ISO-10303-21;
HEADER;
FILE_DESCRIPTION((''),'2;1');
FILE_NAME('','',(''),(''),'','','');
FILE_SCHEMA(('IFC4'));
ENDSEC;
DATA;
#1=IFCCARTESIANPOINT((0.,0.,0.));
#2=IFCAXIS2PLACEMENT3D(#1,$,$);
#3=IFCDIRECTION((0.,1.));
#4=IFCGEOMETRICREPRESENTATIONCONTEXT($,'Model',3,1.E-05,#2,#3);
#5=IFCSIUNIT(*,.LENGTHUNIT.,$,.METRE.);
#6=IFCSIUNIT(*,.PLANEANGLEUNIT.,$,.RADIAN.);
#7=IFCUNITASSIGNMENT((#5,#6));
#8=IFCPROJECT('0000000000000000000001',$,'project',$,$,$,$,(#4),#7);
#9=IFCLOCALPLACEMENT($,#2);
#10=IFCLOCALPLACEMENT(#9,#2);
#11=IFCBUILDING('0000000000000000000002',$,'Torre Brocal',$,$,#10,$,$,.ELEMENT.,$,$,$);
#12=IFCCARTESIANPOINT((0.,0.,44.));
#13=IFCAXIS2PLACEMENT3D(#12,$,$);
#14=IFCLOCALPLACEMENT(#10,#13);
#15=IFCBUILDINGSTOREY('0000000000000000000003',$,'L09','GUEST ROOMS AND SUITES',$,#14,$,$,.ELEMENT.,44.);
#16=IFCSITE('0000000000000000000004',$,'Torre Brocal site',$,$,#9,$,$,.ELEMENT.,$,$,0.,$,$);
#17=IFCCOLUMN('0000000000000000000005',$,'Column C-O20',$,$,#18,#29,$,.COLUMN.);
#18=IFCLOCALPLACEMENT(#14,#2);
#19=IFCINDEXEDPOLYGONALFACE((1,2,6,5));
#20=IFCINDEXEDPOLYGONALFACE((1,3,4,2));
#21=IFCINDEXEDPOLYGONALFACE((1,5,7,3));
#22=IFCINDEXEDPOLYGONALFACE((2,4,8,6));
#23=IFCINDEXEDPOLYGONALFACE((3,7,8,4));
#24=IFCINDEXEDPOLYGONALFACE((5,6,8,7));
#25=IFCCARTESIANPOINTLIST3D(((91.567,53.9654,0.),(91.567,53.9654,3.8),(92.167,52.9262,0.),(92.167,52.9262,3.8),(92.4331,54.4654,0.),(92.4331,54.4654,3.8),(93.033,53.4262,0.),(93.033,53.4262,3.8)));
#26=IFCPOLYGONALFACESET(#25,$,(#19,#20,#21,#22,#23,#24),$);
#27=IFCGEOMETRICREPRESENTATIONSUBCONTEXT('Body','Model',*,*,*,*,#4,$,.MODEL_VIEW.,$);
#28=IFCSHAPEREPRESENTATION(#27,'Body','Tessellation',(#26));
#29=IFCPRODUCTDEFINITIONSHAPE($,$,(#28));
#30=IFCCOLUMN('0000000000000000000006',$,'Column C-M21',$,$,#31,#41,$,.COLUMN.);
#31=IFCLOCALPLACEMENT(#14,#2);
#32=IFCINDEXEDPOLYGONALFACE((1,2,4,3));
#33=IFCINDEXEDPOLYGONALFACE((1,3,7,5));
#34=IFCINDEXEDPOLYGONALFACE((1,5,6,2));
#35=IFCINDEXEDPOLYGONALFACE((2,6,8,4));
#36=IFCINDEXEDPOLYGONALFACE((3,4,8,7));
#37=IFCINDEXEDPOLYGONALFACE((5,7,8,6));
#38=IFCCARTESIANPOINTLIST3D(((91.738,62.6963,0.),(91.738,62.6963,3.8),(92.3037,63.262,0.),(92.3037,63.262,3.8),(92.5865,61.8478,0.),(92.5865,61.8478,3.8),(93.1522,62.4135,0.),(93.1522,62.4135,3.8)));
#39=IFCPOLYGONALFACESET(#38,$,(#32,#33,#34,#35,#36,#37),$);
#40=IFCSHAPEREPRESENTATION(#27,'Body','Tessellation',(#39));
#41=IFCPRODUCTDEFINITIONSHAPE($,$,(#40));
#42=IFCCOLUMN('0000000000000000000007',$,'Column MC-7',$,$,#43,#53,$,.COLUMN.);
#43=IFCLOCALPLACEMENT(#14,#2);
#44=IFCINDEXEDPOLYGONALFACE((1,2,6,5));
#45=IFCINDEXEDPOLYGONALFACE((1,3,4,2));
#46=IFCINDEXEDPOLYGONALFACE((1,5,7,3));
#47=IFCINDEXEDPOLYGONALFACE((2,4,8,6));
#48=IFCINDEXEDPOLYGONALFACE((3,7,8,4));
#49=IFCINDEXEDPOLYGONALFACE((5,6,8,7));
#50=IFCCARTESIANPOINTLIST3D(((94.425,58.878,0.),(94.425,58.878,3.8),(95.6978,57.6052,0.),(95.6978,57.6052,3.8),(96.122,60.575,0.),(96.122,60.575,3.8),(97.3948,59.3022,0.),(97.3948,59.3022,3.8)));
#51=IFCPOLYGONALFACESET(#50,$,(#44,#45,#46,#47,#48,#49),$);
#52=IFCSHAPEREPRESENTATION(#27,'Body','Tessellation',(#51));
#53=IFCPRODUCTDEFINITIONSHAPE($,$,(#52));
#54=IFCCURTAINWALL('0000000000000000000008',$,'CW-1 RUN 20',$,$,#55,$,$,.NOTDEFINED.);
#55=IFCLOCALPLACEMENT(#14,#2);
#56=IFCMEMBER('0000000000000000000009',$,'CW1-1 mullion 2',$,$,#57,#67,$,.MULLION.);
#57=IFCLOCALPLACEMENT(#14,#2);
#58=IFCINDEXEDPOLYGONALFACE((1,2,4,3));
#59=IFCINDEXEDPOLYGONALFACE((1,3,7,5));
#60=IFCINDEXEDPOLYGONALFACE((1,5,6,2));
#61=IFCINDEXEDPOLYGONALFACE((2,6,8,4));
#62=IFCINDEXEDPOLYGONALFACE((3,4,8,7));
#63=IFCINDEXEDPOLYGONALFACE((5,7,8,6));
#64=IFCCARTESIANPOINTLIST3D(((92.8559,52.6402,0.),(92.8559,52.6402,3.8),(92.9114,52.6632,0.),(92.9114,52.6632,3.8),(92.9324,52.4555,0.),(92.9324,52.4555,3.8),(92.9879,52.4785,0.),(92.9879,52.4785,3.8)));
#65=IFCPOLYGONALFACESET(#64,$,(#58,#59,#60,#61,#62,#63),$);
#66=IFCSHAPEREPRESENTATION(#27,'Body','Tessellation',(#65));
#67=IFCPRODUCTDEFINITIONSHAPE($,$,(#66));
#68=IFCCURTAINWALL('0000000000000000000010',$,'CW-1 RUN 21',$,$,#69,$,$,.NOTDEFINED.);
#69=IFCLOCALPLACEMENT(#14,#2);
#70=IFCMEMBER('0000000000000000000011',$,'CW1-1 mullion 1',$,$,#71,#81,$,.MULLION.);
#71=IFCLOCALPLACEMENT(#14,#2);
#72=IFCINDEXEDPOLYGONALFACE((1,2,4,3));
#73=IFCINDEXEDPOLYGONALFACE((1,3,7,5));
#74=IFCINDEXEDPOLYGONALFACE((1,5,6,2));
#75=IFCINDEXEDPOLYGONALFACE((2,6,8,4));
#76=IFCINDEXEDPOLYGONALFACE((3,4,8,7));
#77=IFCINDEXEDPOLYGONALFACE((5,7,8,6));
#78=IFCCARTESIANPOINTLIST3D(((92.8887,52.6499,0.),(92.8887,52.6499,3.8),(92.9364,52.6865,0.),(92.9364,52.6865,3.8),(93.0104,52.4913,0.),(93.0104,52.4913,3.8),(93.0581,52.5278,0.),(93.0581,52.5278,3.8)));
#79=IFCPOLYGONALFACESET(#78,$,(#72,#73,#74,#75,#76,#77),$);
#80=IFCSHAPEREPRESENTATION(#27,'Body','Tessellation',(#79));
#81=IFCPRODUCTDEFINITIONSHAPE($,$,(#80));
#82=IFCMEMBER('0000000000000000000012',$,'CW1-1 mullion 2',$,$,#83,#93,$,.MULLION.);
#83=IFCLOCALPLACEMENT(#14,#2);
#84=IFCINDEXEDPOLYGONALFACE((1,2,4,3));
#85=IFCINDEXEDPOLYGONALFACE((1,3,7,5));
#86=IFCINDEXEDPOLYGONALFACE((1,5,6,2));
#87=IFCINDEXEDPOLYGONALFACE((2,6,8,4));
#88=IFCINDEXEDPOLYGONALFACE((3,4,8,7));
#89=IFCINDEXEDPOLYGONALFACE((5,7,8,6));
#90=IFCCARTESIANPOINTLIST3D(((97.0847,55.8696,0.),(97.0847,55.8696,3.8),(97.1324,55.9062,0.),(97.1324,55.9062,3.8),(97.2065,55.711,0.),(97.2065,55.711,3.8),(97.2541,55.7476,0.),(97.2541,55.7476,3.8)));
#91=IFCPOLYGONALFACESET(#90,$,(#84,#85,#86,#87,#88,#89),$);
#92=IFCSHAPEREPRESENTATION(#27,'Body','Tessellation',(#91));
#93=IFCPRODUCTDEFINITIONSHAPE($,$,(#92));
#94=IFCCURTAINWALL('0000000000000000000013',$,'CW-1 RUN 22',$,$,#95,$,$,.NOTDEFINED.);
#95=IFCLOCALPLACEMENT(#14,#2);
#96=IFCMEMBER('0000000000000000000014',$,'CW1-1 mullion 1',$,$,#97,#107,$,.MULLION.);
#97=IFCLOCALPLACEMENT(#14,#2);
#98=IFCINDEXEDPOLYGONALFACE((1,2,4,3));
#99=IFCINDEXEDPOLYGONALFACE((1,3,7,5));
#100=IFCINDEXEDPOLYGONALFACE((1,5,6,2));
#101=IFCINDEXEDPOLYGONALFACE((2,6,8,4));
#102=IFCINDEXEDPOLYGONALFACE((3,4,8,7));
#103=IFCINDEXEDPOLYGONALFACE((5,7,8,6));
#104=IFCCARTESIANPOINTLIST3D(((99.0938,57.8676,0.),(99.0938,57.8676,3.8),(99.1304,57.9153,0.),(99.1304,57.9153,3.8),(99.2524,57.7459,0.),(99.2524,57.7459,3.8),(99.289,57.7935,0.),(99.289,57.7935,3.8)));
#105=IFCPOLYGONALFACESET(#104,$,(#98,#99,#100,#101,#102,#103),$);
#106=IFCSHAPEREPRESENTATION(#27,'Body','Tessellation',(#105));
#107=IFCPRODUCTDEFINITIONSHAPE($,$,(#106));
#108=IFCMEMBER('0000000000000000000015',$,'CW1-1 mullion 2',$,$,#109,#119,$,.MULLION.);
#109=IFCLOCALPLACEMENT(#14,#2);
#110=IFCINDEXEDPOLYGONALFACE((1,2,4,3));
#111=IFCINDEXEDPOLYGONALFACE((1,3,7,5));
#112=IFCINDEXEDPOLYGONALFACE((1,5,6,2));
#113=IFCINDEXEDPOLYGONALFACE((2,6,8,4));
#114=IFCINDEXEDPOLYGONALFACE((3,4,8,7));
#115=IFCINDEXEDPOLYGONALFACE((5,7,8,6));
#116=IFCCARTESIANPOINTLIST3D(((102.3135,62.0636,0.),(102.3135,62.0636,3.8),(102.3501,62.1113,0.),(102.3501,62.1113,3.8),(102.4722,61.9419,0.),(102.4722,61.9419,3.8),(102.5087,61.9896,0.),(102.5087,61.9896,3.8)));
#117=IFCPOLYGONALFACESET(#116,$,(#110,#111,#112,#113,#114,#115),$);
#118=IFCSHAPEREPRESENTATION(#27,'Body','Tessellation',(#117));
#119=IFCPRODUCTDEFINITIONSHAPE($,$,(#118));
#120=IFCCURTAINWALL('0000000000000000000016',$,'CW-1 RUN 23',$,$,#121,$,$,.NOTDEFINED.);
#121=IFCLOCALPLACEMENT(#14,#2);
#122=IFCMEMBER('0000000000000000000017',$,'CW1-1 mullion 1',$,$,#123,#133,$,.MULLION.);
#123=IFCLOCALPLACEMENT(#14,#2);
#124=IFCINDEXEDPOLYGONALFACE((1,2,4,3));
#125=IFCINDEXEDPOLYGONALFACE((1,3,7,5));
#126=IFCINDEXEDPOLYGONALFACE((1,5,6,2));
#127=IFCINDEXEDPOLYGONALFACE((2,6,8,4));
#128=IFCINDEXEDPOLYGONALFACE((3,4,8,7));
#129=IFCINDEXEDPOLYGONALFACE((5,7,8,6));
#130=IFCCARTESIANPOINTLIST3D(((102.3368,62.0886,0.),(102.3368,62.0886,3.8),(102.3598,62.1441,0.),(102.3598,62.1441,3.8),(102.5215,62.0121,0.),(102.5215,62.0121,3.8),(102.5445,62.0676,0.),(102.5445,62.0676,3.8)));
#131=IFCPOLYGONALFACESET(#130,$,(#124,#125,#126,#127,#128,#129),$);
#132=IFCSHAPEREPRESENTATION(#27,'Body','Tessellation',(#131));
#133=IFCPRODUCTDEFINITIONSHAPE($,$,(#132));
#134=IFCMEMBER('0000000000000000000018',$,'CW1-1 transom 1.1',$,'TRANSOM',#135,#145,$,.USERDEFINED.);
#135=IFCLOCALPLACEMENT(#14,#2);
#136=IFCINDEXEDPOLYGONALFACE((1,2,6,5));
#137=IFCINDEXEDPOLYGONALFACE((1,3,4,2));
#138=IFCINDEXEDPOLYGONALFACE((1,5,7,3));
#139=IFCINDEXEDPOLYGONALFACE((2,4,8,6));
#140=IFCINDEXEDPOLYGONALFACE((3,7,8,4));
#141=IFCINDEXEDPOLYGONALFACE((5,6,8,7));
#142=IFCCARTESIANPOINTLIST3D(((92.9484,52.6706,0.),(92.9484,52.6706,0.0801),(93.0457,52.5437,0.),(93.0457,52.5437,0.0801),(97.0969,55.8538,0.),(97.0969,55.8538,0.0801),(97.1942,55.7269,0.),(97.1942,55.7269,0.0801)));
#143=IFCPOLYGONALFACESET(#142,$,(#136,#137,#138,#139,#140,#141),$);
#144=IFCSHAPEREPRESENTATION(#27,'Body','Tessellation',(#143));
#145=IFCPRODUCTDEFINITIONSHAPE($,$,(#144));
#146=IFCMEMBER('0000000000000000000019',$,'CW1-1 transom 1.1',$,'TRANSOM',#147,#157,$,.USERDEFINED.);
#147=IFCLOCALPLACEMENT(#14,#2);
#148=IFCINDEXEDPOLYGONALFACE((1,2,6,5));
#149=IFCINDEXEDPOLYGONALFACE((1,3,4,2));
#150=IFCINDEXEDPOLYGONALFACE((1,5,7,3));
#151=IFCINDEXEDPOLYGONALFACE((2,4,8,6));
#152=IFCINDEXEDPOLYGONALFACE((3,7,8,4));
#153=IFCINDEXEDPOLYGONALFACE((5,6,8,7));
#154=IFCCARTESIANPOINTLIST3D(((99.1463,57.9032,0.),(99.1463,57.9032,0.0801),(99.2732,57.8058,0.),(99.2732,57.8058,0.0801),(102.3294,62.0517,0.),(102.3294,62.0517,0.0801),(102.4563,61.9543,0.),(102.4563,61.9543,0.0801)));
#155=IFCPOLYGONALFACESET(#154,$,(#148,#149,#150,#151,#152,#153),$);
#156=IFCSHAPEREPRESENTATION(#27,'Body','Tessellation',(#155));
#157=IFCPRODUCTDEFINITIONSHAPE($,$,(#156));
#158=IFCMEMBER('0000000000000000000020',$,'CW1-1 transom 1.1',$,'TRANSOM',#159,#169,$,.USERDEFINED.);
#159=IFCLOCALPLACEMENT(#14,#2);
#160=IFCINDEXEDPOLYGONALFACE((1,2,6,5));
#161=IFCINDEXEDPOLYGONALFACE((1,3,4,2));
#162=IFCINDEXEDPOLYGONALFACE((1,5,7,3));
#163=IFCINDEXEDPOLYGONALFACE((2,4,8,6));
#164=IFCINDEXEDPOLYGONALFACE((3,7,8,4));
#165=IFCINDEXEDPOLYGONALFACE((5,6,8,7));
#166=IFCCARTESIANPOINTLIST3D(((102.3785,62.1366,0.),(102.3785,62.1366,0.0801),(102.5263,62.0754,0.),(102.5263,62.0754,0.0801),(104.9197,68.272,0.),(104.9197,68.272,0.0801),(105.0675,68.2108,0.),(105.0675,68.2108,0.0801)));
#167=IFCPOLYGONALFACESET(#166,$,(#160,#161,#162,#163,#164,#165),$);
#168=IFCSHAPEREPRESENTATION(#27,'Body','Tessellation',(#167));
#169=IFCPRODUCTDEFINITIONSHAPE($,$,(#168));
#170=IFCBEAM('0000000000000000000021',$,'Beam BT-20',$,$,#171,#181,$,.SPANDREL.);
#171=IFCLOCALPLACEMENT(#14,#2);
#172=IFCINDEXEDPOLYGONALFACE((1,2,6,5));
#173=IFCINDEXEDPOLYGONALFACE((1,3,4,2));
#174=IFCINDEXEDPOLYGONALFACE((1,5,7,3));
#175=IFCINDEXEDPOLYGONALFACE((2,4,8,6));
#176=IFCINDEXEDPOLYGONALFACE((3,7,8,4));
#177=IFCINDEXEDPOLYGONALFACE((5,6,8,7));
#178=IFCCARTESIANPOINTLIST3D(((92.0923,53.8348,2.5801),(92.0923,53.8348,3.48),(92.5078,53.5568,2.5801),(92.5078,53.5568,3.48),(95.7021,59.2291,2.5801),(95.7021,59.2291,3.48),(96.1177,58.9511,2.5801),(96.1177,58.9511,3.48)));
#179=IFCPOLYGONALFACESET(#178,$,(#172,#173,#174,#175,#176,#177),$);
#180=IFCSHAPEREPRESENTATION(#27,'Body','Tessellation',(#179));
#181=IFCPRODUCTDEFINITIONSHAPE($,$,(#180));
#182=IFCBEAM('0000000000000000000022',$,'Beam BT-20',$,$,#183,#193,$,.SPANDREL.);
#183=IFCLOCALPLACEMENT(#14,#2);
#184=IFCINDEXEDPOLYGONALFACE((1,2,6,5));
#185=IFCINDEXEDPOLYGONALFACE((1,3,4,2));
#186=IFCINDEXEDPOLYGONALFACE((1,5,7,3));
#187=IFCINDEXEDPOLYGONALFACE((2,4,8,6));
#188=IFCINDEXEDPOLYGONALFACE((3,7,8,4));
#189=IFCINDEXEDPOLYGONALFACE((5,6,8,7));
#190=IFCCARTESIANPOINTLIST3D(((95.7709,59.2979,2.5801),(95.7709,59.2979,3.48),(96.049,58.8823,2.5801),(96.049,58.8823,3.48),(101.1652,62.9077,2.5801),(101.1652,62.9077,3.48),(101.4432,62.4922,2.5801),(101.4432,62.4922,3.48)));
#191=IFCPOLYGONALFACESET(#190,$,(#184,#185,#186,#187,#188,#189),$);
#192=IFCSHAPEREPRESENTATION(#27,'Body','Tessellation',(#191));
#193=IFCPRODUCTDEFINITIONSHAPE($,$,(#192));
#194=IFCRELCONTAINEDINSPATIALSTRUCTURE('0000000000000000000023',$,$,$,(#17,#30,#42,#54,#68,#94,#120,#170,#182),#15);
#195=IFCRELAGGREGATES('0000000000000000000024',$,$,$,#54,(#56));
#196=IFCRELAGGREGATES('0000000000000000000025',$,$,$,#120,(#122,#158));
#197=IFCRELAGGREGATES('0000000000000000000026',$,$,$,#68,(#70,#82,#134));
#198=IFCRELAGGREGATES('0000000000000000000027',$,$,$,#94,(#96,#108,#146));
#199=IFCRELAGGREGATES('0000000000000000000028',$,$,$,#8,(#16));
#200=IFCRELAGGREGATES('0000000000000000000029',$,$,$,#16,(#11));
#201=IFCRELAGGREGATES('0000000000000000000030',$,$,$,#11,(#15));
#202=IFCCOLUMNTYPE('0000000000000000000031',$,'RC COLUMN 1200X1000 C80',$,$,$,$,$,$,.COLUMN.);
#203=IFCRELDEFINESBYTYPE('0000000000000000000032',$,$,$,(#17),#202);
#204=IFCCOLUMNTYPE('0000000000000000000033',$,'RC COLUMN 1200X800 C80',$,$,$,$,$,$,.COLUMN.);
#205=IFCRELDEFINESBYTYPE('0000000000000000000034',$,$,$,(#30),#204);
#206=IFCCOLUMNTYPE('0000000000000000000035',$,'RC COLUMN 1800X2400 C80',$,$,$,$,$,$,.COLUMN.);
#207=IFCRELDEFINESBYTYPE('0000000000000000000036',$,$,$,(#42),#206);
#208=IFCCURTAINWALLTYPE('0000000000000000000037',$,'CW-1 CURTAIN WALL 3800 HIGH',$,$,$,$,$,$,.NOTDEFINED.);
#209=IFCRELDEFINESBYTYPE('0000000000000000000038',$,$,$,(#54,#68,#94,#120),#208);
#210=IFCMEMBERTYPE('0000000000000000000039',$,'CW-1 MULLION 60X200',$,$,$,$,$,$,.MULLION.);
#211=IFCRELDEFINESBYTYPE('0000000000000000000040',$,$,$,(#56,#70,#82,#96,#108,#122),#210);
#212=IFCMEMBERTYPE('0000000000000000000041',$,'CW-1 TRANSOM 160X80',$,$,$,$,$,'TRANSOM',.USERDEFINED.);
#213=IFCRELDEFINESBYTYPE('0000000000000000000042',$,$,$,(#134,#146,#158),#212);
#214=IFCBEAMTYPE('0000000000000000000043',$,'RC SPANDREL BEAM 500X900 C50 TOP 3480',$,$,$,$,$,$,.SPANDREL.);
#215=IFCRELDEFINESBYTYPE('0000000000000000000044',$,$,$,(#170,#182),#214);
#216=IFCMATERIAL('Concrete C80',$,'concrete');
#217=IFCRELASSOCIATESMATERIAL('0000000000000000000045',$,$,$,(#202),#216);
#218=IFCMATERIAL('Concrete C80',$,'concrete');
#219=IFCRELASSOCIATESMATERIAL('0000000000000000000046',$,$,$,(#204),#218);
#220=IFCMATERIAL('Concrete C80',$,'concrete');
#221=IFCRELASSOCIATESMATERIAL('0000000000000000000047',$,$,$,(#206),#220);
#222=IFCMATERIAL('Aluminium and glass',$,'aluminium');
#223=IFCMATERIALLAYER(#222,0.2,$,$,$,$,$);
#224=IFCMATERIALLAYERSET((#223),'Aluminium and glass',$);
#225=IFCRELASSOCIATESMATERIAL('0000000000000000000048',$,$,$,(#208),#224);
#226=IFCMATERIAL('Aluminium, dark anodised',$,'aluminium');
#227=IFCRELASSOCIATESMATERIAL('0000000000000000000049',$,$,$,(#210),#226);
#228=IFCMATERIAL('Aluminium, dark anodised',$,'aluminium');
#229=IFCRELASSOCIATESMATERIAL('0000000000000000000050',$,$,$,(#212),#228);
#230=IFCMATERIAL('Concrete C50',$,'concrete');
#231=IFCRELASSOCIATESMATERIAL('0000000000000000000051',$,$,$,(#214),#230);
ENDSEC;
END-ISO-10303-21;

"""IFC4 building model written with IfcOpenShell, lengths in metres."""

from ifc_helpers import new_model, si_unit, direction, frame, origin, origin_2d, place, context, subcontext, project, spatial, rectangle, extrude, material, layer, layer_set, material_profile, profile_set, type_object, element, aggregate, save


model = new_model("IFC4")

# Units and contexts
model_context = context("Model", 3, precision=1e-05, world=origin(), true_north=direction((0.0, 1.0)))
body_context = subcontext(model_context, "Body", "Model", "MODEL_VIEW")
ifc_project = project(units=[si_unit("LENGTHUNIT", "METRE"), si_unit("PLANEANGLEUNIT", "RADIAN")], contexts=[model_context])

# Site, building, storey
site_placement = place(None, origin())
site = spatial("IfcSite", under=ifc_project, at=site_placement, Name="Torre Brocal site", CompositionType="ELEMENT", RefElevation=0.0)
building_placement = place(site_placement, origin())
building = spatial("IfcBuilding", under=site, at=building_placement, Name="Torre Brocal", CompositionType="ELEMENT")
storey_placement = place(building_placement, frame((0.0, 0.0, 44.0)))
storey = spatial("IfcBuildingStorey", under=building, at=storey_placement, Name="L09", Description="GUEST ROOMS AND SUITES", CompositionType="ELEMENT", Elevation=44.0)

# Columns
ifc_material_1 = material(Name="Concrete C80", Category="concrete")
ifc_material_profile_1 = material_profile(ifc_material_1, rectangle(XDim=1.2, YDim=1.0, at=origin_2d()), Name="RC 1200X1000")
ifc_profile_set_1 = profile_set([ifc_material_profile_1], Name="Concrete C80")
column_type_1 = type_object("IfcColumnType", Name="RC COLUMN 1200X1000 C80", PredefinedType="COLUMN", material=ifc_profile_set_1)
column_1_placement = place(storey_placement, frame((92.3, 53.6958, 0.0), z_axis=(0.0, 0.0, 1.0), x_axis=(0.5, -0.866025, 0.0)))
element("IfcColumn", 1, at=column_1_placement, inside=storey, type_object=column_type_1, Name="Column C-O20", PredefinedType="COLUMN", context=body_context, shape_type="SweptSolid", body=[
    extrude(rectangle(XDim=1.2, YDim=1.0, at=origin_2d()), origin(), (0.0, 0.0, 1.0), 3.8),
])
ifc_material_2 = material(Name="Concrete C80", Category="concrete")
ifc_material_profile_2 = material_profile(ifc_material_2, rectangle(XDim=1.2, YDim=0.8, at=origin_2d()), Name="RC 1200X800")
ifc_profile_set_2 = profile_set([ifc_material_profile_2], Name="Concrete C80")
column_type_2 = type_object("IfcColumnType", Name="RC COLUMN 1200X800 C80", PredefinedType="COLUMN", material=ifc_profile_set_2)
column_2_placement = place(storey_placement, frame((92.4451, 62.5549, 0.0), z_axis=(0.0, 0.0, 1.0), x_axis=(0.707107, -0.707107, 0.0)))
element("IfcColumn", 2, at=column_2_placement, inside=storey, type_object=column_type_2, Name="Column C-M21", PredefinedType="COLUMN", context=body_context, shape_type="SweptSolid", body=[
    extrude(rectangle(XDim=1.2, YDim=0.8, at=origin_2d()), origin(), (0.0, 0.0, 1.0), 3.8),
])
ifc_material_3 = material(Name="Concrete C80", Category="concrete")
ifc_material_profile_3 = material_profile(ifc_material_3, rectangle(XDim=1.8, YDim=2.3999, at=origin_2d()), Name="RC 1800X2400")
ifc_profile_set_3 = profile_set([ifc_material_profile_3], Name="Concrete C80")
column_type_3 = type_object("IfcColumnType", Name="RC COLUMN 1800X2400 C80", PredefinedType="COLUMN", material=ifc_profile_set_3)
column_3_placement = place(storey_placement, frame((95.9099, 59.0901, 0.0), z_axis=(0.0, 0.0, 1.0), x_axis=(0.707107, -0.707107, 0.0)))
element("IfcColumn", 3, at=column_3_placement, inside=storey, type_object=column_type_3, Name="Column MC-7", PredefinedType="COLUMN", context=body_context, shape_type="SweptSolid", body=[
    extrude(rectangle(XDim=1.8, YDim=2.3999, at=origin_2d()), origin(), (0.0, 0.0, 1.0), 3.8),
])

# Curtain wall, member
ifc_material_4 = material(Name="Aluminium and glass", Category="aluminium")
ifc_layer_1 = layer(ifc_material_4, 0.2)
ifc_layer_set_1 = layer_set([ifc_layer_1], Name="Aluminium and glass")
curtain_wall_type = type_object("IfcCurtainWallType", Name="CW-1 CURTAIN WALL 3800 HIGH", PredefinedType="NOTDEFINED", material=ifc_layer_set_1)
curtain_wall_1_placement = place(storey_placement, origin())
curtain_wall_1 = element("IfcCurtainWall", 4, at=curtain_wall_1_placement, inside=storey, type_object=curtain_wall_type, Name="CW-1 RUN 20", PredefinedType="NOTDEFINED")
ifc_material_5 = material(Name="Aluminium, dark anodised", Category="aluminium")
ifc_material_profile_4 = material_profile(ifc_material_5, rectangle(XDim=0.2, YDim=0.0601, at=origin_2d()), Name="CW-1 MULLION 60X200")
ifc_profile_set_4 = profile_set([ifc_material_profile_4], Name="Aluminium, dark anodised")
member_type_1 = type_object("IfcMemberType", Name="CW-1 MULLION 60X200", PredefinedType="MULLION", material=ifc_profile_set_4)
member_1_placement = place(storey_placement, frame((92.9219, 52.5593, 0.0), z_axis=(0.0, 0.0, 1.0), x_axis=(-0.382683, 0.92388, 0.0)))
member_1 = element("IfcMember", 5, at=member_1_placement, type_object=member_type_1, Name="CW1-1 mullion 2", PredefinedType="MULLION", context=body_context, shape_type="SweptSolid", body=[
    extrude(rectangle(XDim=0.2, YDim=0.0601, at=origin_2d()), origin(), (0.0, 0.0, 1.0), 3.8),
])
aggregate(curtain_wall_1, [member_1])

# Curtain walls, members
curtain_wall_2_placement = place(storey_placement, origin())
curtain_wall_2 = element("IfcCurtainWall", 6, at=curtain_wall_2_placement, inside=storey, type_object=curtain_wall_type, Name="CW-1 RUN 21", PredefinedType="NOTDEFINED")
member_2_placement = place(storey_placement, frame((92.9734, 52.5889, 0.0), z_axis=(0.0, 0.0, 1.0), x_axis=(-0.608761, 0.793353, 0.0)))
member_2 = element("IfcMember", 7, at=member_2_placement, type_object=member_type_1, Name="CW1-1 mullion 1", PredefinedType="MULLION", context=body_context, shape_type="SweptSolid", body=[
    extrude(rectangle(XDim=0.2, YDim=0.0601, at=origin_2d()), origin(), (0.0, 0.0, 1.0), 3.8),
])
member_3_placement = place(storey_placement, frame((97.1694, 55.8086, 0.0), z_axis=(0.0, 0.0, 1.0), x_axis=(-0.608761, 0.793353, 0.0)))
member_3 = element("IfcMember", 8, at=member_3_placement, type_object=member_type_1, Name="CW1-1 mullion 2", PredefinedType="MULLION", context=body_context, shape_type="SweptSolid", body=[
    extrude(rectangle(XDim=0.2, YDim=0.0601, at=origin_2d()), origin(), (0.0, 0.0, 1.0), 3.8),
])
curtain_wall_3_placement = place(storey_placement, origin())
curtain_wall_3 = element("IfcCurtainWall", 9, at=curtain_wall_3_placement, inside=storey, type_object=curtain_wall_type, Name="CW-1 RUN 22", PredefinedType="NOTDEFINED")
member_4_placement = place(storey_placement, frame((99.1914, 57.8306, 0.0), z_axis=(0.0, 0.0, 1.0), x_axis=(-0.793353, 0.608761, 0.0)))
member_4 = element("IfcMember", 10, at=member_4_placement, type_object=member_type_1, Name="CW1-1 mullion 1", PredefinedType="MULLION", context=body_context, shape_type="SweptSolid", body=[
    extrude(rectangle(XDim=0.2, YDim=0.0601, at=origin_2d()), origin(), (0.0, 0.0, 1.0), 3.8),
])
member_5_placement = place(storey_placement, frame((102.4111, 62.0266, 0.0), z_axis=(0.0, 0.0, 1.0), x_axis=(-0.793353, 0.608761, 0.0)))
member_5 = element("IfcMember", 11, at=member_5_placement, type_object=member_type_1, Name="CW1-1 mullion 2", PredefinedType="MULLION", context=body_context, shape_type="SweptSolid", body=[
    extrude(rectangle(XDim=0.2, YDim=0.0601, at=origin_2d()), origin(), (0.0, 0.0, 1.0), 3.8),
])

# Curtain wall, member
curtain_wall_4_placement = place(storey_placement, origin())
curtain_wall_4 = element("IfcCurtainWall", 12, at=curtain_wall_4_placement, inside=storey, type_object=curtain_wall_type, Name="CW-1 RUN 23", PredefinedType="NOTDEFINED")
member_6_placement = place(storey_placement, frame((102.4407, 62.0781, 0.0), z_axis=(0.0, 0.0, 1.0), x_axis=(-0.92388, 0.382683, 0.0)))
member_6 = element("IfcMember", 13, at=member_6_placement, type_object=member_type_1, Name="CW1-1 mullion 1", PredefinedType="MULLION", context=body_context, shape_type="SweptSolid", body=[
    extrude(rectangle(XDim=0.2, YDim=0.0601, at=origin_2d()), origin(), (0.0, 0.0, 1.0), 3.8),
])

# Members
ifc_material_6 = material(Name="Aluminium, dark anodised", Category="aluminium")
ifc_material_profile_5 = material_profile(ifc_material_6, rectangle(XDim=0.1599, YDim=0.0801, at=origin_2d()), Name="CW-1 TRANSOM 160X80")
ifc_profile_set_5 = profile_set([ifc_material_profile_5], Name="Aluminium, dark anodised")
member_type_2 = type_object("IfcMemberType", Name="CW-1 TRANSOM 160X80", ElementType="TRANSOM", PredefinedType="USERDEFINED", material=ifc_profile_set_5)
member_7_placement = place(storey_placement, frame((92.9971, 52.6072, 0.04), z_axis=(0.793363, 0.608749, 0.0), x_axis=(-0.608749, 0.793363, 0.0)))
member_7 = element("IfcMember", 14, at=member_7_placement, type_object=member_type_2, Name="CW1-1 transom 1.1", ObjectType="TRANSOM", PredefinedType="USERDEFINED", context=body_context, shape_type="SweptSolid", body=[
    extrude(rectangle(XDim=0.1599, YDim=0.0801, at=origin_2d()), origin(), (0.0, 0.0, 1.0), 5.229),
])
member_8_placement = place(storey_placement, frame((99.2097, 57.8545, 0.04), z_axis=(0.608749, 0.793363, 0.0), x_axis=(-0.793363, 0.608749, 0.0)))
member_8 = element("IfcMember", 15, at=member_8_placement, type_object=member_type_2, Name="CW1-1 transom 1.1", ObjectType="TRANSOM", PredefinedType="USERDEFINED", context=body_context, shape_type="SweptSolid", body=[
    extrude(rectangle(XDim=0.1599, YDim=0.0801, at=origin_2d()), origin(), (0.0, 0.0, 1.0), 5.229),
])
member_9_placement = place(storey_placement, frame((102.4524, 62.106, 0.04), z_axis=(0.382665, 0.923887, 0.0), x_axis=(-0.923887, 0.382665, 0.0)))
member_9 = element("IfcMember", 16, at=member_9_placement, type_object=member_type_2, Name="CW1-1 transom 1.1", ObjectType="TRANSOM", PredefinedType="USERDEFINED", context=body_context, shape_type="SweptSolid", body=[
    extrude(rectangle(XDim=0.1599, YDim=0.0801, at=origin_2d()), origin(), (0.0, 0.0, 1.0), 6.6409),
])
aggregate(curtain_wall_4, [member_6, member_9])

# Beams
ifc_material_7 = material(Name="Concrete C50", Category="concrete")
ifc_material_profile_6 = material_profile(ifc_material_7, rectangle(XDim=0.5, YDim=0.8999, at=origin_2d()), Name="RC 500X900")
ifc_profile_set_6 = profile_set([ifc_material_profile_6], Name="Concrete C50")
beam_type = type_object("IfcBeamType", Name="RC SPANDREL BEAM 500X900 C50 TOP 3480", PredefinedType="SPANDREL", material=ifc_profile_set_6)
for number, where, z_axis, x_axis, name in (
    (17, (92.3, 53.6958, 3.03), (0.556158, 0.831077, 0.0), (-0.831077, 0.556158, 0.0), "Beam BT-20"),
    (18, (95.9099, 59.0901, 3.03), (0.831077, 0.556158, 0.0), (-0.556158, 0.831077, 0.0), "Beam BT-20"),
):
    element("IfcBeam", number, at=place(storey_placement, frame(where, z_axis=z_axis, x_axis=x_axis)), inside=storey, type_object=beam_type, Name=name, PredefinedType="SPANDREL", context=body_context, shape_type="SweptSolid", body=[
        extrude(rectangle(XDim=0.5, YDim=0.8999, at=origin_2d()), origin(), (0.0, 0.0, 1.0), 6.4907),
    ])

aggregate(curtain_wall_2, [member_2, member_3, member_7])
aggregate(curtain_wall_3, [member_4, member_5, member_8])

save(model, "model.ifc")
